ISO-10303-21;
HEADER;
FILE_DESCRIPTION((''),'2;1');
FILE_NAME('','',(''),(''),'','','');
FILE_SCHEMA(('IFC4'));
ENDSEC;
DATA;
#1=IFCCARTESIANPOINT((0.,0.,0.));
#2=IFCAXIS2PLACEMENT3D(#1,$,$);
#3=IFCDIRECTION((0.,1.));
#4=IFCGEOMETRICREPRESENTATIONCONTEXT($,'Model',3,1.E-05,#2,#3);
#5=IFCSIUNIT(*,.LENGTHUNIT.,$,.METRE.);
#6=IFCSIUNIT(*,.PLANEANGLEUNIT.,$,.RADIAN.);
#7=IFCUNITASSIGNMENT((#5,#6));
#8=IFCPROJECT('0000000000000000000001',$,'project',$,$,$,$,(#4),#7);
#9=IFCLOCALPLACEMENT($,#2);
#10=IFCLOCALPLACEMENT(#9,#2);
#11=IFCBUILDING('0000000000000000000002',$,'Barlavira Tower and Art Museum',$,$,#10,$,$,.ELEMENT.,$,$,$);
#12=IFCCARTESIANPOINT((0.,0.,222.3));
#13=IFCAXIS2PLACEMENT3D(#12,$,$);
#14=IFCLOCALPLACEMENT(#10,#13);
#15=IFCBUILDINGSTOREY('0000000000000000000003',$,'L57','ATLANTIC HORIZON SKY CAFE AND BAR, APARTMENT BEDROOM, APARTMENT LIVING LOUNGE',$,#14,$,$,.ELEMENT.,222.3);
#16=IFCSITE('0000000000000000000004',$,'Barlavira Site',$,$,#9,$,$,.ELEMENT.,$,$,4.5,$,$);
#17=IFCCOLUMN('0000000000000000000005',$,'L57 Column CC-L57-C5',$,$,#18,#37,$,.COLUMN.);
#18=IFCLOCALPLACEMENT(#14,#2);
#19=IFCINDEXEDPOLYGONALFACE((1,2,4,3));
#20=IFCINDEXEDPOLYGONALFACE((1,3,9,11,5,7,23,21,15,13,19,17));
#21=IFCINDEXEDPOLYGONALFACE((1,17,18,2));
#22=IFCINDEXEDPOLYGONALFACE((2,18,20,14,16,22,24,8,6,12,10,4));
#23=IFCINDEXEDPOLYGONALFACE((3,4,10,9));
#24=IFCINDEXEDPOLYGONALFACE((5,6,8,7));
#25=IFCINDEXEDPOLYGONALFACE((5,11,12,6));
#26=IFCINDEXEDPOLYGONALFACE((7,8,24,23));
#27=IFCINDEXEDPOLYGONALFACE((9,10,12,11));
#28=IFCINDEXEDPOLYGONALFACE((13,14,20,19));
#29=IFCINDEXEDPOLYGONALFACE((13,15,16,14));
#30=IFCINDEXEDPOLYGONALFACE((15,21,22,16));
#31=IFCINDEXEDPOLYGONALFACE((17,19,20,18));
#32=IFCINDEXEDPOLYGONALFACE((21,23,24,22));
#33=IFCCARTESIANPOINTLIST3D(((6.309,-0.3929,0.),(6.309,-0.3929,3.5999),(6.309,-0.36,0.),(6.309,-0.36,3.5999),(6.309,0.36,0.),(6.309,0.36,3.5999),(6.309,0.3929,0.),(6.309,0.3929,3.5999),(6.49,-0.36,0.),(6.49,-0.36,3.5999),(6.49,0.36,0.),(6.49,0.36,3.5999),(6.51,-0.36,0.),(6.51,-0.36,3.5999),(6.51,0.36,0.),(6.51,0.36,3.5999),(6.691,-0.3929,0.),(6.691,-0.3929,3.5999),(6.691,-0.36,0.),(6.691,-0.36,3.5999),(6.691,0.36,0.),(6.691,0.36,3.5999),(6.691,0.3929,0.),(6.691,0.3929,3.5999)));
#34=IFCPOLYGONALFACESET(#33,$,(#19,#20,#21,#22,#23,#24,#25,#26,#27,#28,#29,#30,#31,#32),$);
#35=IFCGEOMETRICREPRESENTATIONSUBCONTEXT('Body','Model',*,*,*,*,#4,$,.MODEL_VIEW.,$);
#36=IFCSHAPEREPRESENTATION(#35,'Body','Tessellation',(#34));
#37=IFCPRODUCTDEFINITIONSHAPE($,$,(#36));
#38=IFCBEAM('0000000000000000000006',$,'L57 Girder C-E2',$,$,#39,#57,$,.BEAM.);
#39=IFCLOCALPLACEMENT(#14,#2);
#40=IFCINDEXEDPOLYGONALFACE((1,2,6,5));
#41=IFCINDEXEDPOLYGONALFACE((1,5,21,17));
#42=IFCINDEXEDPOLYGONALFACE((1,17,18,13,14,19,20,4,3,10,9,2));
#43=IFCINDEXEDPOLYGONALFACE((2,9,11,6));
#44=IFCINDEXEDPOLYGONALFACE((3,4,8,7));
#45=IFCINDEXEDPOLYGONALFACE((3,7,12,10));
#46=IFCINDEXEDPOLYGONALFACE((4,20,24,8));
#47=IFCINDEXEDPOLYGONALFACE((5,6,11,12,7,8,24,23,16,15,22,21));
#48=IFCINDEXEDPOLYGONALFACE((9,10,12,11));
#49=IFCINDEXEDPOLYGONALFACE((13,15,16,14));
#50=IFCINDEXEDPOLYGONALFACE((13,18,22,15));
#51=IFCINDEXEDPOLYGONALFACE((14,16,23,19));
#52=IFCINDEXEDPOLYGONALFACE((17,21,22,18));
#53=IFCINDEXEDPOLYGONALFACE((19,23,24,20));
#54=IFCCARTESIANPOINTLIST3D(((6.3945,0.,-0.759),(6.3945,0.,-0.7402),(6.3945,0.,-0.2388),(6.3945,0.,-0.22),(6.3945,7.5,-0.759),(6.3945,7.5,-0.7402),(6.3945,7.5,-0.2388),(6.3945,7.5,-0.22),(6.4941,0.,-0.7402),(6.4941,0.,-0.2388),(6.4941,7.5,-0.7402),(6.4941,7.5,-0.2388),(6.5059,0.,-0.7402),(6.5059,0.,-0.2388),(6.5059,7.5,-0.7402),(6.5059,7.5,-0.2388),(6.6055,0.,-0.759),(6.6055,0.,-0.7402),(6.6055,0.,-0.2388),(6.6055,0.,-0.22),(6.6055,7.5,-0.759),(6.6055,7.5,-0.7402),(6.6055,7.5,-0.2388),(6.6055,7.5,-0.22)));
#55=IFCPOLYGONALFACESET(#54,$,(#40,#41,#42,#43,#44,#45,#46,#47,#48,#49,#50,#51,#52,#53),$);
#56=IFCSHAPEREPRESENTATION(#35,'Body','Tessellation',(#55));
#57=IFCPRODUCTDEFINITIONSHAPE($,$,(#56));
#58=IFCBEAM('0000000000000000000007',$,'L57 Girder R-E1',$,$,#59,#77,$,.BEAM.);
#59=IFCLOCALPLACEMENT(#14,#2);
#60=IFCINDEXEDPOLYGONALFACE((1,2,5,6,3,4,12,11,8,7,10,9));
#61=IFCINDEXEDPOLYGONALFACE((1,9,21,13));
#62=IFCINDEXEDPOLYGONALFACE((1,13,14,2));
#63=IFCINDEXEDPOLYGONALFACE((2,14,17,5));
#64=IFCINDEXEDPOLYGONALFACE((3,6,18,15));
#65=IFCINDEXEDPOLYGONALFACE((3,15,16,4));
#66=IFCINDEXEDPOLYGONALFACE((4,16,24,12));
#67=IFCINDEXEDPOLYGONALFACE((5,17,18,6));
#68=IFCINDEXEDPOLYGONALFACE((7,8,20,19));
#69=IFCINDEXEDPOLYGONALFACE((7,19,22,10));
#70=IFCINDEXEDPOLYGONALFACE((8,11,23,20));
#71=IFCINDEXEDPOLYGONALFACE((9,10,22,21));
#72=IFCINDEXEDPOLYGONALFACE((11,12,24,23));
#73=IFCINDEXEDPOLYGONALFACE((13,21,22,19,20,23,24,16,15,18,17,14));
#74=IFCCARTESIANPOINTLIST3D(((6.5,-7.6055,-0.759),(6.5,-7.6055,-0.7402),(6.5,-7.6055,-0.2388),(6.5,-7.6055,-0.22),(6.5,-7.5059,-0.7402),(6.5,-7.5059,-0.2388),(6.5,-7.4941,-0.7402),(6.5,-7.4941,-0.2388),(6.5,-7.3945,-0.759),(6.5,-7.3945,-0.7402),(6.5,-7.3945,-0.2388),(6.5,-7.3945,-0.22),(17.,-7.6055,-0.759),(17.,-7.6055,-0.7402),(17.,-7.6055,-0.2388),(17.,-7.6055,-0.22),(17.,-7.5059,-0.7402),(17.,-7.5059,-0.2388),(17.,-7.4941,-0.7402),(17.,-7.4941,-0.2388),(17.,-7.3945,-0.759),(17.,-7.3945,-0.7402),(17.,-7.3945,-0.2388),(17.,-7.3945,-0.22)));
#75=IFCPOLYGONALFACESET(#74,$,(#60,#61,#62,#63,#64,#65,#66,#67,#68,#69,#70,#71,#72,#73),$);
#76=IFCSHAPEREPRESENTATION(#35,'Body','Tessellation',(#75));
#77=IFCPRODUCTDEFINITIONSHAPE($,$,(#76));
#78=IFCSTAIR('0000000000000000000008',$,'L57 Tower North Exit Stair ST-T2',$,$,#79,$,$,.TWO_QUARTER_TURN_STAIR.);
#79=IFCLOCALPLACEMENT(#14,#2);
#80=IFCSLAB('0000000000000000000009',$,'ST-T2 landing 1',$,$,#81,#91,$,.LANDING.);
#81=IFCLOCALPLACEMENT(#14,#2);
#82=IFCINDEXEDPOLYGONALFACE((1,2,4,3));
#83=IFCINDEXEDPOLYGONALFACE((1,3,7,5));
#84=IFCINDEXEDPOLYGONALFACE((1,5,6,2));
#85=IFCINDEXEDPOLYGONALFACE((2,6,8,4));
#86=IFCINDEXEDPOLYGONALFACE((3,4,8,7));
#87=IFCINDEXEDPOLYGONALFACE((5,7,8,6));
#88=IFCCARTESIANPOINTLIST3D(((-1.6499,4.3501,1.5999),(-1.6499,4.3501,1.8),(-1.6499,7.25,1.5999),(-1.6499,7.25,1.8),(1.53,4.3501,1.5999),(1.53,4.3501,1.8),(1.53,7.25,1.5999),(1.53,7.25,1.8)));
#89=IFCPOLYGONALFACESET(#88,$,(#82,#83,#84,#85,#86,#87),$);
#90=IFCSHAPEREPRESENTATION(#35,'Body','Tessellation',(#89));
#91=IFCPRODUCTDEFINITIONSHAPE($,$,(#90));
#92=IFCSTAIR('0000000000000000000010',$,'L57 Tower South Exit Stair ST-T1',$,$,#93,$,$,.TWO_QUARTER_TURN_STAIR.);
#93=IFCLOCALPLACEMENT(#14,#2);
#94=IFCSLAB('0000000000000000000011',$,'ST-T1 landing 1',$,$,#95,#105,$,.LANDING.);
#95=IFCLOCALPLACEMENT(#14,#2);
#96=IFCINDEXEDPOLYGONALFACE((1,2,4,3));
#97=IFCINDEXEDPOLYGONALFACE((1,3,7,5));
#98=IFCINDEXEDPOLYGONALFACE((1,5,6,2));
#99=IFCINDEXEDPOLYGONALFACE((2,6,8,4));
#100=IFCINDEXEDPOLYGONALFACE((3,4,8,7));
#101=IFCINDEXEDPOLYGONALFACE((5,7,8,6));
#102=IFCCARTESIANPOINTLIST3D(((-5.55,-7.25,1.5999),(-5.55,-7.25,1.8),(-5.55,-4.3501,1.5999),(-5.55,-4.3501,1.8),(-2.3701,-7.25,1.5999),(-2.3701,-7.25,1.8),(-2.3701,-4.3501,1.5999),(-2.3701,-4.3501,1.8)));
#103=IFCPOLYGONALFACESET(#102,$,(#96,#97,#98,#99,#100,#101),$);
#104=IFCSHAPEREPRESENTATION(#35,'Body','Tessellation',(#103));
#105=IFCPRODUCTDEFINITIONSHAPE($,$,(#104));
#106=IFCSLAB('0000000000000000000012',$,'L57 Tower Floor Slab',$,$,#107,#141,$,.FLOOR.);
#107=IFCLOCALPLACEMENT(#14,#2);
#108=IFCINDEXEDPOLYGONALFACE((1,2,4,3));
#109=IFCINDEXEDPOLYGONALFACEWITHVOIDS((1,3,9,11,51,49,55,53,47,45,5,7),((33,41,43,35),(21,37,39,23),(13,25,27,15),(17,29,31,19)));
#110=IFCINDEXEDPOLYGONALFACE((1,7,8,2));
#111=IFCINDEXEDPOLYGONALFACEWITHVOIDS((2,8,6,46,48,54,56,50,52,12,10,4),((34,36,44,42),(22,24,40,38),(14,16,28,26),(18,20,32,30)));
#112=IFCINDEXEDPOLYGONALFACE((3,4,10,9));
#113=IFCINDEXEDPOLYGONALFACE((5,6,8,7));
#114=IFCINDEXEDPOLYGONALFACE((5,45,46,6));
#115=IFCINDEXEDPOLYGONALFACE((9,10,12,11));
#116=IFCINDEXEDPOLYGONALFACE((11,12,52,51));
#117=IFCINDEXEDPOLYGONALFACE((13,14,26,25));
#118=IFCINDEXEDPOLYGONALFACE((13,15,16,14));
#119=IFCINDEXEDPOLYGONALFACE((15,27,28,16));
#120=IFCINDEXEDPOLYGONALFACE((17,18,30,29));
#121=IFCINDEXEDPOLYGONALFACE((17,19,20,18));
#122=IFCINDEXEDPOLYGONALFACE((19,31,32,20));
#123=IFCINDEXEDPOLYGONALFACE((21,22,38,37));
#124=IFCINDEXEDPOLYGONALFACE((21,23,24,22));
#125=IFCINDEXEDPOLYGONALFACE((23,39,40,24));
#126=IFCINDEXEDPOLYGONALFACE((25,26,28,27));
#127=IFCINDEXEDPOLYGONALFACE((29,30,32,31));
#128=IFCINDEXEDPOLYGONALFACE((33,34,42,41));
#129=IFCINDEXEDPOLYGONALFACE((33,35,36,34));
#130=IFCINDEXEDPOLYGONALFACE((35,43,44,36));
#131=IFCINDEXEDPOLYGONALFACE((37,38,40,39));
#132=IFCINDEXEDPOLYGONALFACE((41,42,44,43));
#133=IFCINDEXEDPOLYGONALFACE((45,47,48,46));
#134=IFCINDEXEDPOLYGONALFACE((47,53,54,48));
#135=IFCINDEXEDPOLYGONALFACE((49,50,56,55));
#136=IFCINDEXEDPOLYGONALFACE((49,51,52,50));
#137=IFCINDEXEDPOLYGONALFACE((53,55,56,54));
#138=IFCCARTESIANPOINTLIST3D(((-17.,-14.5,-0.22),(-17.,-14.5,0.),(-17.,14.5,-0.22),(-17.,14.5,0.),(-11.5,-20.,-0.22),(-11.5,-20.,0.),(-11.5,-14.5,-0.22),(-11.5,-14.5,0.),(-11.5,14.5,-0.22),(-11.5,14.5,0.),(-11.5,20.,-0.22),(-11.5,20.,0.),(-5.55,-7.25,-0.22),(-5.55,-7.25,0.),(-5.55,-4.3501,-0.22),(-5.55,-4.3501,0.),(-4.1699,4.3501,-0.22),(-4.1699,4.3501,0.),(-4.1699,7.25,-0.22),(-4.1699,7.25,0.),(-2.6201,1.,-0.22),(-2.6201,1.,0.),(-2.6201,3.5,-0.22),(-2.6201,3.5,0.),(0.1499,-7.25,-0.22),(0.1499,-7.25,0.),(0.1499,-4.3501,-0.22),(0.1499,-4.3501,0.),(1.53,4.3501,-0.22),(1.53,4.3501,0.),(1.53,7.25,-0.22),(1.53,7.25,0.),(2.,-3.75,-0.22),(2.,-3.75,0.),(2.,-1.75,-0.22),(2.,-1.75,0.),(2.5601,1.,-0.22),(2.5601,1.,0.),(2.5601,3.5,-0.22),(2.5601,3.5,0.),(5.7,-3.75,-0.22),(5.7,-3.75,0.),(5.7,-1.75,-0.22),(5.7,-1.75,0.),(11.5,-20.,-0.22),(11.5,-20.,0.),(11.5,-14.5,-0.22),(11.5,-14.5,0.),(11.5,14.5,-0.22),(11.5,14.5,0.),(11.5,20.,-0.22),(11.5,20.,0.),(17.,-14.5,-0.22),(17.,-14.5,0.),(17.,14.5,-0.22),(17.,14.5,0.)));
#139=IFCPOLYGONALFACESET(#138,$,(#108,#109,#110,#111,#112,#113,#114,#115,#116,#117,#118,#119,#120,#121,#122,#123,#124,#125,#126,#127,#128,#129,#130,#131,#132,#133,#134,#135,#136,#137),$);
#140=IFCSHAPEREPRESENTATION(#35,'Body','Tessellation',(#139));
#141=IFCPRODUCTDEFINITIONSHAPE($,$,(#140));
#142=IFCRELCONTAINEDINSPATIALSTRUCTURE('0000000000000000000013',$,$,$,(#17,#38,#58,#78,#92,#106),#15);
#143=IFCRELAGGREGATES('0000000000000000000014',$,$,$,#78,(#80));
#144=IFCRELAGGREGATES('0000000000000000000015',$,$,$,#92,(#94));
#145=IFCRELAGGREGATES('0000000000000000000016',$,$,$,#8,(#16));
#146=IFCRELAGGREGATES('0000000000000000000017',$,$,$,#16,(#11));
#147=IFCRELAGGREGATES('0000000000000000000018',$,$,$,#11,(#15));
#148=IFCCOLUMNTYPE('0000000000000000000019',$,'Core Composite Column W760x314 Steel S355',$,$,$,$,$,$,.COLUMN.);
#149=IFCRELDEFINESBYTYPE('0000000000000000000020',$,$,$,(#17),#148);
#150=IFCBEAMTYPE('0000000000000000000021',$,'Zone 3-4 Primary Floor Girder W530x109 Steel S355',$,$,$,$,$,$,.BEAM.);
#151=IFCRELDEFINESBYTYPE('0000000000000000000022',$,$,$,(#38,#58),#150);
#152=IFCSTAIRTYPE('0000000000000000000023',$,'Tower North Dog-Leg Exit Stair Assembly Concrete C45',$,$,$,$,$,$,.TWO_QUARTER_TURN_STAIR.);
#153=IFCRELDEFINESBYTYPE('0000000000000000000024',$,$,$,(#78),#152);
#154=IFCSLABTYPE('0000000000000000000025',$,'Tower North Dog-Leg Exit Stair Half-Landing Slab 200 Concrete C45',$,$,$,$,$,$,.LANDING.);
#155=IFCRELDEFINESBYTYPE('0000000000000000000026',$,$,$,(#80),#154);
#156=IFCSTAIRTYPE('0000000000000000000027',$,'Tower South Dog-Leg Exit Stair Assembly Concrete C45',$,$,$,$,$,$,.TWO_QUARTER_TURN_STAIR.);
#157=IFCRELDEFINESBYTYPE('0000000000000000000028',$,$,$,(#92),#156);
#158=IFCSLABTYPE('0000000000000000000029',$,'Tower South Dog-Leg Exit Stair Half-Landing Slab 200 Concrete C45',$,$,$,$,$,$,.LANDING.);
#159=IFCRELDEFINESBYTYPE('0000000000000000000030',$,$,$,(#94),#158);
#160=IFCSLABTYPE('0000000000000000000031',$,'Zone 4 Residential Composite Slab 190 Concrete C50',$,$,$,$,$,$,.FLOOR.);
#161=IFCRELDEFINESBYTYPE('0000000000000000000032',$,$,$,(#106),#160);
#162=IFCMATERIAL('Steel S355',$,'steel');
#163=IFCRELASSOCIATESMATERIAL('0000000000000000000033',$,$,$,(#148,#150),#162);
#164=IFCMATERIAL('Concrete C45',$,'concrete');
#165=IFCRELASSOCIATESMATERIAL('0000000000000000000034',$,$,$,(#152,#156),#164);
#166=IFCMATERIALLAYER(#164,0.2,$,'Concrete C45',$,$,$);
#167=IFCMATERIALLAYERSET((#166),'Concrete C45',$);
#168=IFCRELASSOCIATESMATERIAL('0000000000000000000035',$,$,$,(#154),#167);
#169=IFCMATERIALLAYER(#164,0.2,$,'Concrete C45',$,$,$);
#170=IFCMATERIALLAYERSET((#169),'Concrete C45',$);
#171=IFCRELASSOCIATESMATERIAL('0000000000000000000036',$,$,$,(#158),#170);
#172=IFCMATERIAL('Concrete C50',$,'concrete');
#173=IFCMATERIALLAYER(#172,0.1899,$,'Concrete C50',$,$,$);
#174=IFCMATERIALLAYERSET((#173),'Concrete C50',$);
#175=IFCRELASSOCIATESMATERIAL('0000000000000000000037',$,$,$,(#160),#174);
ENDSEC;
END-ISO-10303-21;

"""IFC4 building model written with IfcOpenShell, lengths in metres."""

from ifc_helpers import new_model, si_unit, direction, frame, origin, origin_2d, place, context, subcontext, project, spatial, polyline, i_section, outline, extrude, material, layer, layer_set, material_profile, profile_set, type_object, element, aggregate, save


model = new_model("IFC4")

# Units and contexts
model_context = context("Model", 3, precision=1e-05, world=origin(), true_north=direction((0.0, 1.0)))
body_context = subcontext(model_context, "Body", "Model", "MODEL_VIEW")
ifc_project = project(units=[si_unit("LENGTHUNIT", "METRE"), si_unit("PLANEANGLEUNIT", "RADIAN")], contexts=[model_context])

# Site, building, storey
site_placement = place(None, origin())
site = spatial("IfcSite", under=ifc_project, at=site_placement, Name="Barlavira Site", CompositionType="ELEMENT", RefElevation=4.5)
building_placement = place(site_placement, origin())
building = spatial("IfcBuilding", under=site, at=building_placement, Name="Barlavira Tower and Art Museum", CompositionType="ELEMENT")
storey_placement = place(building_placement, frame((0.0, 0.0, 222.3)))
storey = spatial("IfcBuildingStorey", under=building, at=storey_placement, Name="L57", Description="ATLANTIC HORIZON SKY CAFE AND BAR, APARTMENT BEDROOM, APARTMENT LIVING LOUNGE", CompositionType="ELEMENT", Elevation=222.3)

# Column
ifc_material_1 = material(Name="Steel S355", Category="steel")
ifc_material_profile_1 = material_profile(ifc_material_1, i_section(OverallWidth=0.3821, OverallDepth=0.7859, WebThickness=0.02, FlangeThickness=0.033, at=origin_2d()), Name="W760x314.0")
ifc_profile_set_1 = profile_set([ifc_material_profile_1], Name="Steel S355")
column_type = type_object("IfcColumnType", Name="Core Composite Column W760x314 Steel S355", PredefinedType="COLUMN", material=ifc_profile_set_1)
column_placement = place(storey_placement, frame((6.5, 0.0, 0.0), z_axis=(0.0, 0.0, 1.0), x_axis=(1.0, 0.0, 0.0)))
element("IfcColumn", 1, at=column_placement, inside=storey, type_object=column_type, Name="L57 Column CC-L57-C5", PredefinedType="COLUMN", context=body_context, shape_type="SweptSolid", body=[
    extrude(i_section(OverallWidth=0.3821, OverallDepth=0.7859, WebThickness=0.02, FlangeThickness=0.033, at=origin_2d()), origin(), (0.0, 0.0, 1.0), 3.5999),
])

# Beams
ifc_material_profile_2 = material_profile(ifc_material_1, i_section(OverallWidth=0.2109, OverallDepth=0.5391, WebThickness=0.0117, FlangeThickness=0.0188, at=origin_2d()), Name="W530x109.0")
ifc_profile_set_2 = profile_set([ifc_material_profile_2], Name="Steel S355")
beam_type = type_object("IfcBeamType", Name="Zone 3-4 Primary Floor Girder W530x109 Steel S355", PredefinedType="BEAM", material=ifc_profile_set_2)
beam_1_placement = place(storey_placement, frame((6.5, 0.0, -0.4895), z_axis=(0.0, 1.0, 0.0), x_axis=(-1.0, 0.0, 0.0)))
element("IfcBeam", 2, at=beam_1_placement, inside=storey, type_object=beam_type, Name="L57 Girder C-E2", PredefinedType="BEAM", context=body_context, shape_type="SweptSolid", body=[
    extrude(i_section(OverallWidth=0.2109, OverallDepth=0.5391, WebThickness=0.0117, FlangeThickness=0.0188, at=origin_2d()), origin(), (0.0, 0.0, 1.0), 7.5),
])
beam_2_placement = place(storey_placement, frame((6.5, -7.5, -0.4895), z_axis=(1.0, 0.0, 0.0), x_axis=(0.0, 1.0, 0.0)))
element("IfcBeam", 3, at=beam_2_placement, inside=storey, type_object=beam_type, Name="L57 Girder R-E1", PredefinedType="BEAM", context=body_context, shape_type="SweptSolid", body=[
    extrude(i_section(OverallWidth=0.2109, OverallDepth=0.5391, WebThickness=0.0117, FlangeThickness=0.0188, at=origin_2d()), origin(), (0.0, 0.0, 1.0), 10.5),
])

# Stairs, slabs
ifc_material_2 = material(Name="Concrete C45", Category="concrete")
stair_type_1 = type_object("IfcStairType", Name="Tower North Dog-Leg Exit Stair Assembly Concrete C45", PredefinedType="TWO_QUARTER_TURN_STAIR", material=ifc_material_2)
stair_1_placement = place(storey_placement, origin())
stair_1 = element("IfcStair", 4, at=stair_1_placement, inside=storey, type_object=stair_type_1, Name="L57 Tower North Exit Stair ST-T2", PredefinedType="TWO_QUARTER_TURN_STAIR")
ifc_layer_1 = layer(ifc_material_2, 0.2, Name="Concrete C45")
ifc_layer_set_1 = layer_set([ifc_layer_1], Name="Concrete C45")
slab_type_1 = type_object("IfcSlabType", Name="Tower North Dog-Leg Exit Stair Half-Landing Slab 200 Concrete C45", PredefinedType="LANDING", material=ifc_layer_set_1)
slab_1_placement = place(storey_placement, frame((0.0, 0.0, 1.5999)))
slab_1 = element("IfcSlab", 5, at=slab_1_placement, type_object=slab_type_1, Name="ST-T2 landing 1", PredefinedType="LANDING", context=body_context, shape_type="SweptSolid", body=[
    extrude(outline(polyline([(-1.6499, 4.3501), (1.53, 4.3501), (1.53, 7.25), (-1.6499, 7.25), (-1.6499, 4.3501)])), origin(), (0.0, 0.0, 1.0), 0.2002),
])
aggregate(stair_1, [slab_1])
stair_type_2 = type_object("IfcStairType", Name="Tower South Dog-Leg Exit Stair Assembly Concrete C45", PredefinedType="TWO_QUARTER_TURN_STAIR", material=ifc_material_2)
stair_2_placement = place(storey_placement, origin())
stair_2 = element("IfcStair", 6, at=stair_2_placement, inside=storey, type_object=stair_type_2, Name="L57 Tower South Exit Stair ST-T1", PredefinedType="TWO_QUARTER_TURN_STAIR")
ifc_layer_2 = layer(ifc_material_2, 0.2, Name="Concrete C45")
ifc_layer_set_2 = layer_set([ifc_layer_2], Name="Concrete C45")
slab_type_2 = type_object("IfcSlabType", Name="Tower South Dog-Leg Exit Stair Half-Landing Slab 200 Concrete C45", PredefinedType="LANDING", material=ifc_layer_set_2)
slab_2_placement = place(storey_placement, frame((0.0, 0.0, 1.5999)))
slab_2 = element("IfcSlab", 7, at=slab_2_placement, type_object=slab_type_2, Name="ST-T1 landing 1", PredefinedType="LANDING", context=body_context, shape_type="SweptSolid", body=[
    extrude(outline(polyline([(-2.3701, -4.3501), (-5.55, -4.3501), (-5.55, -7.25), (-2.3701, -7.25), (-2.3701, -4.3501)])), origin(), (0.0, 0.0, 1.0), 0.2002),
])

# Slab
ifc_material_3 = material(Name="Concrete C50", Category="concrete")
ifc_layer_3 = layer(ifc_material_3, 0.1899, Name="Concrete C50")
ifc_layer_set_3 = layer_set([ifc_layer_3], Name="Concrete C50")
slab_type_3 = type_object("IfcSlabType", Name="Zone 4 Residential Composite Slab 190 Concrete C50", PredefinedType="FLOOR", material=ifc_layer_set_3)
slab_3_placement = place(storey_placement, frame((0.0, 0.0, -0.22)))
element("IfcSlab", 8, at=slab_3_placement, inside=storey, type_object=slab_type_3, Name="L57 Tower Floor Slab", PredefinedType="FLOOR", context=body_context, shape_type="SweptSolid", body=[
    extrude(outline(polyline([(-11.5, -20.0), (11.5, -20.0), (11.5, -14.5), (17.0, -14.5), (17.0, 14.5), (11.5, 14.5), (11.5, 20.0), (-11.5, 20.0), (-11.5, 14.5), (-17.0, 14.5), (-17.0, -14.5), (-11.5, -14.5), (-11.5, -20.0)]), holes=[polyline([(0.1499, -4.3501), (-5.55, -4.3501), (-5.55, -7.25), (0.1499, -7.25), (0.1499, -4.3501)]), polyline([(-4.1699, 4.3501), (1.53, 4.3501), (1.53, 7.25), (-4.1699, 7.25), (-4.1699, 4.3501)]), polyline([(-2.6201, 1.0), (2.5601, 1.0), (2.5601, 3.5), (-2.6201, 3.5), (-2.6201, 1.0)]), polyline([(2.0, -3.75), (5.7, -3.75), (5.7, -1.75), (2.0, -1.75), (2.0, -3.75)])]), origin(), (0.0, 0.0, 1.0), 0.22),
])

aggregate(stair_2, [slab_2])

save(model, "model.ifc")
